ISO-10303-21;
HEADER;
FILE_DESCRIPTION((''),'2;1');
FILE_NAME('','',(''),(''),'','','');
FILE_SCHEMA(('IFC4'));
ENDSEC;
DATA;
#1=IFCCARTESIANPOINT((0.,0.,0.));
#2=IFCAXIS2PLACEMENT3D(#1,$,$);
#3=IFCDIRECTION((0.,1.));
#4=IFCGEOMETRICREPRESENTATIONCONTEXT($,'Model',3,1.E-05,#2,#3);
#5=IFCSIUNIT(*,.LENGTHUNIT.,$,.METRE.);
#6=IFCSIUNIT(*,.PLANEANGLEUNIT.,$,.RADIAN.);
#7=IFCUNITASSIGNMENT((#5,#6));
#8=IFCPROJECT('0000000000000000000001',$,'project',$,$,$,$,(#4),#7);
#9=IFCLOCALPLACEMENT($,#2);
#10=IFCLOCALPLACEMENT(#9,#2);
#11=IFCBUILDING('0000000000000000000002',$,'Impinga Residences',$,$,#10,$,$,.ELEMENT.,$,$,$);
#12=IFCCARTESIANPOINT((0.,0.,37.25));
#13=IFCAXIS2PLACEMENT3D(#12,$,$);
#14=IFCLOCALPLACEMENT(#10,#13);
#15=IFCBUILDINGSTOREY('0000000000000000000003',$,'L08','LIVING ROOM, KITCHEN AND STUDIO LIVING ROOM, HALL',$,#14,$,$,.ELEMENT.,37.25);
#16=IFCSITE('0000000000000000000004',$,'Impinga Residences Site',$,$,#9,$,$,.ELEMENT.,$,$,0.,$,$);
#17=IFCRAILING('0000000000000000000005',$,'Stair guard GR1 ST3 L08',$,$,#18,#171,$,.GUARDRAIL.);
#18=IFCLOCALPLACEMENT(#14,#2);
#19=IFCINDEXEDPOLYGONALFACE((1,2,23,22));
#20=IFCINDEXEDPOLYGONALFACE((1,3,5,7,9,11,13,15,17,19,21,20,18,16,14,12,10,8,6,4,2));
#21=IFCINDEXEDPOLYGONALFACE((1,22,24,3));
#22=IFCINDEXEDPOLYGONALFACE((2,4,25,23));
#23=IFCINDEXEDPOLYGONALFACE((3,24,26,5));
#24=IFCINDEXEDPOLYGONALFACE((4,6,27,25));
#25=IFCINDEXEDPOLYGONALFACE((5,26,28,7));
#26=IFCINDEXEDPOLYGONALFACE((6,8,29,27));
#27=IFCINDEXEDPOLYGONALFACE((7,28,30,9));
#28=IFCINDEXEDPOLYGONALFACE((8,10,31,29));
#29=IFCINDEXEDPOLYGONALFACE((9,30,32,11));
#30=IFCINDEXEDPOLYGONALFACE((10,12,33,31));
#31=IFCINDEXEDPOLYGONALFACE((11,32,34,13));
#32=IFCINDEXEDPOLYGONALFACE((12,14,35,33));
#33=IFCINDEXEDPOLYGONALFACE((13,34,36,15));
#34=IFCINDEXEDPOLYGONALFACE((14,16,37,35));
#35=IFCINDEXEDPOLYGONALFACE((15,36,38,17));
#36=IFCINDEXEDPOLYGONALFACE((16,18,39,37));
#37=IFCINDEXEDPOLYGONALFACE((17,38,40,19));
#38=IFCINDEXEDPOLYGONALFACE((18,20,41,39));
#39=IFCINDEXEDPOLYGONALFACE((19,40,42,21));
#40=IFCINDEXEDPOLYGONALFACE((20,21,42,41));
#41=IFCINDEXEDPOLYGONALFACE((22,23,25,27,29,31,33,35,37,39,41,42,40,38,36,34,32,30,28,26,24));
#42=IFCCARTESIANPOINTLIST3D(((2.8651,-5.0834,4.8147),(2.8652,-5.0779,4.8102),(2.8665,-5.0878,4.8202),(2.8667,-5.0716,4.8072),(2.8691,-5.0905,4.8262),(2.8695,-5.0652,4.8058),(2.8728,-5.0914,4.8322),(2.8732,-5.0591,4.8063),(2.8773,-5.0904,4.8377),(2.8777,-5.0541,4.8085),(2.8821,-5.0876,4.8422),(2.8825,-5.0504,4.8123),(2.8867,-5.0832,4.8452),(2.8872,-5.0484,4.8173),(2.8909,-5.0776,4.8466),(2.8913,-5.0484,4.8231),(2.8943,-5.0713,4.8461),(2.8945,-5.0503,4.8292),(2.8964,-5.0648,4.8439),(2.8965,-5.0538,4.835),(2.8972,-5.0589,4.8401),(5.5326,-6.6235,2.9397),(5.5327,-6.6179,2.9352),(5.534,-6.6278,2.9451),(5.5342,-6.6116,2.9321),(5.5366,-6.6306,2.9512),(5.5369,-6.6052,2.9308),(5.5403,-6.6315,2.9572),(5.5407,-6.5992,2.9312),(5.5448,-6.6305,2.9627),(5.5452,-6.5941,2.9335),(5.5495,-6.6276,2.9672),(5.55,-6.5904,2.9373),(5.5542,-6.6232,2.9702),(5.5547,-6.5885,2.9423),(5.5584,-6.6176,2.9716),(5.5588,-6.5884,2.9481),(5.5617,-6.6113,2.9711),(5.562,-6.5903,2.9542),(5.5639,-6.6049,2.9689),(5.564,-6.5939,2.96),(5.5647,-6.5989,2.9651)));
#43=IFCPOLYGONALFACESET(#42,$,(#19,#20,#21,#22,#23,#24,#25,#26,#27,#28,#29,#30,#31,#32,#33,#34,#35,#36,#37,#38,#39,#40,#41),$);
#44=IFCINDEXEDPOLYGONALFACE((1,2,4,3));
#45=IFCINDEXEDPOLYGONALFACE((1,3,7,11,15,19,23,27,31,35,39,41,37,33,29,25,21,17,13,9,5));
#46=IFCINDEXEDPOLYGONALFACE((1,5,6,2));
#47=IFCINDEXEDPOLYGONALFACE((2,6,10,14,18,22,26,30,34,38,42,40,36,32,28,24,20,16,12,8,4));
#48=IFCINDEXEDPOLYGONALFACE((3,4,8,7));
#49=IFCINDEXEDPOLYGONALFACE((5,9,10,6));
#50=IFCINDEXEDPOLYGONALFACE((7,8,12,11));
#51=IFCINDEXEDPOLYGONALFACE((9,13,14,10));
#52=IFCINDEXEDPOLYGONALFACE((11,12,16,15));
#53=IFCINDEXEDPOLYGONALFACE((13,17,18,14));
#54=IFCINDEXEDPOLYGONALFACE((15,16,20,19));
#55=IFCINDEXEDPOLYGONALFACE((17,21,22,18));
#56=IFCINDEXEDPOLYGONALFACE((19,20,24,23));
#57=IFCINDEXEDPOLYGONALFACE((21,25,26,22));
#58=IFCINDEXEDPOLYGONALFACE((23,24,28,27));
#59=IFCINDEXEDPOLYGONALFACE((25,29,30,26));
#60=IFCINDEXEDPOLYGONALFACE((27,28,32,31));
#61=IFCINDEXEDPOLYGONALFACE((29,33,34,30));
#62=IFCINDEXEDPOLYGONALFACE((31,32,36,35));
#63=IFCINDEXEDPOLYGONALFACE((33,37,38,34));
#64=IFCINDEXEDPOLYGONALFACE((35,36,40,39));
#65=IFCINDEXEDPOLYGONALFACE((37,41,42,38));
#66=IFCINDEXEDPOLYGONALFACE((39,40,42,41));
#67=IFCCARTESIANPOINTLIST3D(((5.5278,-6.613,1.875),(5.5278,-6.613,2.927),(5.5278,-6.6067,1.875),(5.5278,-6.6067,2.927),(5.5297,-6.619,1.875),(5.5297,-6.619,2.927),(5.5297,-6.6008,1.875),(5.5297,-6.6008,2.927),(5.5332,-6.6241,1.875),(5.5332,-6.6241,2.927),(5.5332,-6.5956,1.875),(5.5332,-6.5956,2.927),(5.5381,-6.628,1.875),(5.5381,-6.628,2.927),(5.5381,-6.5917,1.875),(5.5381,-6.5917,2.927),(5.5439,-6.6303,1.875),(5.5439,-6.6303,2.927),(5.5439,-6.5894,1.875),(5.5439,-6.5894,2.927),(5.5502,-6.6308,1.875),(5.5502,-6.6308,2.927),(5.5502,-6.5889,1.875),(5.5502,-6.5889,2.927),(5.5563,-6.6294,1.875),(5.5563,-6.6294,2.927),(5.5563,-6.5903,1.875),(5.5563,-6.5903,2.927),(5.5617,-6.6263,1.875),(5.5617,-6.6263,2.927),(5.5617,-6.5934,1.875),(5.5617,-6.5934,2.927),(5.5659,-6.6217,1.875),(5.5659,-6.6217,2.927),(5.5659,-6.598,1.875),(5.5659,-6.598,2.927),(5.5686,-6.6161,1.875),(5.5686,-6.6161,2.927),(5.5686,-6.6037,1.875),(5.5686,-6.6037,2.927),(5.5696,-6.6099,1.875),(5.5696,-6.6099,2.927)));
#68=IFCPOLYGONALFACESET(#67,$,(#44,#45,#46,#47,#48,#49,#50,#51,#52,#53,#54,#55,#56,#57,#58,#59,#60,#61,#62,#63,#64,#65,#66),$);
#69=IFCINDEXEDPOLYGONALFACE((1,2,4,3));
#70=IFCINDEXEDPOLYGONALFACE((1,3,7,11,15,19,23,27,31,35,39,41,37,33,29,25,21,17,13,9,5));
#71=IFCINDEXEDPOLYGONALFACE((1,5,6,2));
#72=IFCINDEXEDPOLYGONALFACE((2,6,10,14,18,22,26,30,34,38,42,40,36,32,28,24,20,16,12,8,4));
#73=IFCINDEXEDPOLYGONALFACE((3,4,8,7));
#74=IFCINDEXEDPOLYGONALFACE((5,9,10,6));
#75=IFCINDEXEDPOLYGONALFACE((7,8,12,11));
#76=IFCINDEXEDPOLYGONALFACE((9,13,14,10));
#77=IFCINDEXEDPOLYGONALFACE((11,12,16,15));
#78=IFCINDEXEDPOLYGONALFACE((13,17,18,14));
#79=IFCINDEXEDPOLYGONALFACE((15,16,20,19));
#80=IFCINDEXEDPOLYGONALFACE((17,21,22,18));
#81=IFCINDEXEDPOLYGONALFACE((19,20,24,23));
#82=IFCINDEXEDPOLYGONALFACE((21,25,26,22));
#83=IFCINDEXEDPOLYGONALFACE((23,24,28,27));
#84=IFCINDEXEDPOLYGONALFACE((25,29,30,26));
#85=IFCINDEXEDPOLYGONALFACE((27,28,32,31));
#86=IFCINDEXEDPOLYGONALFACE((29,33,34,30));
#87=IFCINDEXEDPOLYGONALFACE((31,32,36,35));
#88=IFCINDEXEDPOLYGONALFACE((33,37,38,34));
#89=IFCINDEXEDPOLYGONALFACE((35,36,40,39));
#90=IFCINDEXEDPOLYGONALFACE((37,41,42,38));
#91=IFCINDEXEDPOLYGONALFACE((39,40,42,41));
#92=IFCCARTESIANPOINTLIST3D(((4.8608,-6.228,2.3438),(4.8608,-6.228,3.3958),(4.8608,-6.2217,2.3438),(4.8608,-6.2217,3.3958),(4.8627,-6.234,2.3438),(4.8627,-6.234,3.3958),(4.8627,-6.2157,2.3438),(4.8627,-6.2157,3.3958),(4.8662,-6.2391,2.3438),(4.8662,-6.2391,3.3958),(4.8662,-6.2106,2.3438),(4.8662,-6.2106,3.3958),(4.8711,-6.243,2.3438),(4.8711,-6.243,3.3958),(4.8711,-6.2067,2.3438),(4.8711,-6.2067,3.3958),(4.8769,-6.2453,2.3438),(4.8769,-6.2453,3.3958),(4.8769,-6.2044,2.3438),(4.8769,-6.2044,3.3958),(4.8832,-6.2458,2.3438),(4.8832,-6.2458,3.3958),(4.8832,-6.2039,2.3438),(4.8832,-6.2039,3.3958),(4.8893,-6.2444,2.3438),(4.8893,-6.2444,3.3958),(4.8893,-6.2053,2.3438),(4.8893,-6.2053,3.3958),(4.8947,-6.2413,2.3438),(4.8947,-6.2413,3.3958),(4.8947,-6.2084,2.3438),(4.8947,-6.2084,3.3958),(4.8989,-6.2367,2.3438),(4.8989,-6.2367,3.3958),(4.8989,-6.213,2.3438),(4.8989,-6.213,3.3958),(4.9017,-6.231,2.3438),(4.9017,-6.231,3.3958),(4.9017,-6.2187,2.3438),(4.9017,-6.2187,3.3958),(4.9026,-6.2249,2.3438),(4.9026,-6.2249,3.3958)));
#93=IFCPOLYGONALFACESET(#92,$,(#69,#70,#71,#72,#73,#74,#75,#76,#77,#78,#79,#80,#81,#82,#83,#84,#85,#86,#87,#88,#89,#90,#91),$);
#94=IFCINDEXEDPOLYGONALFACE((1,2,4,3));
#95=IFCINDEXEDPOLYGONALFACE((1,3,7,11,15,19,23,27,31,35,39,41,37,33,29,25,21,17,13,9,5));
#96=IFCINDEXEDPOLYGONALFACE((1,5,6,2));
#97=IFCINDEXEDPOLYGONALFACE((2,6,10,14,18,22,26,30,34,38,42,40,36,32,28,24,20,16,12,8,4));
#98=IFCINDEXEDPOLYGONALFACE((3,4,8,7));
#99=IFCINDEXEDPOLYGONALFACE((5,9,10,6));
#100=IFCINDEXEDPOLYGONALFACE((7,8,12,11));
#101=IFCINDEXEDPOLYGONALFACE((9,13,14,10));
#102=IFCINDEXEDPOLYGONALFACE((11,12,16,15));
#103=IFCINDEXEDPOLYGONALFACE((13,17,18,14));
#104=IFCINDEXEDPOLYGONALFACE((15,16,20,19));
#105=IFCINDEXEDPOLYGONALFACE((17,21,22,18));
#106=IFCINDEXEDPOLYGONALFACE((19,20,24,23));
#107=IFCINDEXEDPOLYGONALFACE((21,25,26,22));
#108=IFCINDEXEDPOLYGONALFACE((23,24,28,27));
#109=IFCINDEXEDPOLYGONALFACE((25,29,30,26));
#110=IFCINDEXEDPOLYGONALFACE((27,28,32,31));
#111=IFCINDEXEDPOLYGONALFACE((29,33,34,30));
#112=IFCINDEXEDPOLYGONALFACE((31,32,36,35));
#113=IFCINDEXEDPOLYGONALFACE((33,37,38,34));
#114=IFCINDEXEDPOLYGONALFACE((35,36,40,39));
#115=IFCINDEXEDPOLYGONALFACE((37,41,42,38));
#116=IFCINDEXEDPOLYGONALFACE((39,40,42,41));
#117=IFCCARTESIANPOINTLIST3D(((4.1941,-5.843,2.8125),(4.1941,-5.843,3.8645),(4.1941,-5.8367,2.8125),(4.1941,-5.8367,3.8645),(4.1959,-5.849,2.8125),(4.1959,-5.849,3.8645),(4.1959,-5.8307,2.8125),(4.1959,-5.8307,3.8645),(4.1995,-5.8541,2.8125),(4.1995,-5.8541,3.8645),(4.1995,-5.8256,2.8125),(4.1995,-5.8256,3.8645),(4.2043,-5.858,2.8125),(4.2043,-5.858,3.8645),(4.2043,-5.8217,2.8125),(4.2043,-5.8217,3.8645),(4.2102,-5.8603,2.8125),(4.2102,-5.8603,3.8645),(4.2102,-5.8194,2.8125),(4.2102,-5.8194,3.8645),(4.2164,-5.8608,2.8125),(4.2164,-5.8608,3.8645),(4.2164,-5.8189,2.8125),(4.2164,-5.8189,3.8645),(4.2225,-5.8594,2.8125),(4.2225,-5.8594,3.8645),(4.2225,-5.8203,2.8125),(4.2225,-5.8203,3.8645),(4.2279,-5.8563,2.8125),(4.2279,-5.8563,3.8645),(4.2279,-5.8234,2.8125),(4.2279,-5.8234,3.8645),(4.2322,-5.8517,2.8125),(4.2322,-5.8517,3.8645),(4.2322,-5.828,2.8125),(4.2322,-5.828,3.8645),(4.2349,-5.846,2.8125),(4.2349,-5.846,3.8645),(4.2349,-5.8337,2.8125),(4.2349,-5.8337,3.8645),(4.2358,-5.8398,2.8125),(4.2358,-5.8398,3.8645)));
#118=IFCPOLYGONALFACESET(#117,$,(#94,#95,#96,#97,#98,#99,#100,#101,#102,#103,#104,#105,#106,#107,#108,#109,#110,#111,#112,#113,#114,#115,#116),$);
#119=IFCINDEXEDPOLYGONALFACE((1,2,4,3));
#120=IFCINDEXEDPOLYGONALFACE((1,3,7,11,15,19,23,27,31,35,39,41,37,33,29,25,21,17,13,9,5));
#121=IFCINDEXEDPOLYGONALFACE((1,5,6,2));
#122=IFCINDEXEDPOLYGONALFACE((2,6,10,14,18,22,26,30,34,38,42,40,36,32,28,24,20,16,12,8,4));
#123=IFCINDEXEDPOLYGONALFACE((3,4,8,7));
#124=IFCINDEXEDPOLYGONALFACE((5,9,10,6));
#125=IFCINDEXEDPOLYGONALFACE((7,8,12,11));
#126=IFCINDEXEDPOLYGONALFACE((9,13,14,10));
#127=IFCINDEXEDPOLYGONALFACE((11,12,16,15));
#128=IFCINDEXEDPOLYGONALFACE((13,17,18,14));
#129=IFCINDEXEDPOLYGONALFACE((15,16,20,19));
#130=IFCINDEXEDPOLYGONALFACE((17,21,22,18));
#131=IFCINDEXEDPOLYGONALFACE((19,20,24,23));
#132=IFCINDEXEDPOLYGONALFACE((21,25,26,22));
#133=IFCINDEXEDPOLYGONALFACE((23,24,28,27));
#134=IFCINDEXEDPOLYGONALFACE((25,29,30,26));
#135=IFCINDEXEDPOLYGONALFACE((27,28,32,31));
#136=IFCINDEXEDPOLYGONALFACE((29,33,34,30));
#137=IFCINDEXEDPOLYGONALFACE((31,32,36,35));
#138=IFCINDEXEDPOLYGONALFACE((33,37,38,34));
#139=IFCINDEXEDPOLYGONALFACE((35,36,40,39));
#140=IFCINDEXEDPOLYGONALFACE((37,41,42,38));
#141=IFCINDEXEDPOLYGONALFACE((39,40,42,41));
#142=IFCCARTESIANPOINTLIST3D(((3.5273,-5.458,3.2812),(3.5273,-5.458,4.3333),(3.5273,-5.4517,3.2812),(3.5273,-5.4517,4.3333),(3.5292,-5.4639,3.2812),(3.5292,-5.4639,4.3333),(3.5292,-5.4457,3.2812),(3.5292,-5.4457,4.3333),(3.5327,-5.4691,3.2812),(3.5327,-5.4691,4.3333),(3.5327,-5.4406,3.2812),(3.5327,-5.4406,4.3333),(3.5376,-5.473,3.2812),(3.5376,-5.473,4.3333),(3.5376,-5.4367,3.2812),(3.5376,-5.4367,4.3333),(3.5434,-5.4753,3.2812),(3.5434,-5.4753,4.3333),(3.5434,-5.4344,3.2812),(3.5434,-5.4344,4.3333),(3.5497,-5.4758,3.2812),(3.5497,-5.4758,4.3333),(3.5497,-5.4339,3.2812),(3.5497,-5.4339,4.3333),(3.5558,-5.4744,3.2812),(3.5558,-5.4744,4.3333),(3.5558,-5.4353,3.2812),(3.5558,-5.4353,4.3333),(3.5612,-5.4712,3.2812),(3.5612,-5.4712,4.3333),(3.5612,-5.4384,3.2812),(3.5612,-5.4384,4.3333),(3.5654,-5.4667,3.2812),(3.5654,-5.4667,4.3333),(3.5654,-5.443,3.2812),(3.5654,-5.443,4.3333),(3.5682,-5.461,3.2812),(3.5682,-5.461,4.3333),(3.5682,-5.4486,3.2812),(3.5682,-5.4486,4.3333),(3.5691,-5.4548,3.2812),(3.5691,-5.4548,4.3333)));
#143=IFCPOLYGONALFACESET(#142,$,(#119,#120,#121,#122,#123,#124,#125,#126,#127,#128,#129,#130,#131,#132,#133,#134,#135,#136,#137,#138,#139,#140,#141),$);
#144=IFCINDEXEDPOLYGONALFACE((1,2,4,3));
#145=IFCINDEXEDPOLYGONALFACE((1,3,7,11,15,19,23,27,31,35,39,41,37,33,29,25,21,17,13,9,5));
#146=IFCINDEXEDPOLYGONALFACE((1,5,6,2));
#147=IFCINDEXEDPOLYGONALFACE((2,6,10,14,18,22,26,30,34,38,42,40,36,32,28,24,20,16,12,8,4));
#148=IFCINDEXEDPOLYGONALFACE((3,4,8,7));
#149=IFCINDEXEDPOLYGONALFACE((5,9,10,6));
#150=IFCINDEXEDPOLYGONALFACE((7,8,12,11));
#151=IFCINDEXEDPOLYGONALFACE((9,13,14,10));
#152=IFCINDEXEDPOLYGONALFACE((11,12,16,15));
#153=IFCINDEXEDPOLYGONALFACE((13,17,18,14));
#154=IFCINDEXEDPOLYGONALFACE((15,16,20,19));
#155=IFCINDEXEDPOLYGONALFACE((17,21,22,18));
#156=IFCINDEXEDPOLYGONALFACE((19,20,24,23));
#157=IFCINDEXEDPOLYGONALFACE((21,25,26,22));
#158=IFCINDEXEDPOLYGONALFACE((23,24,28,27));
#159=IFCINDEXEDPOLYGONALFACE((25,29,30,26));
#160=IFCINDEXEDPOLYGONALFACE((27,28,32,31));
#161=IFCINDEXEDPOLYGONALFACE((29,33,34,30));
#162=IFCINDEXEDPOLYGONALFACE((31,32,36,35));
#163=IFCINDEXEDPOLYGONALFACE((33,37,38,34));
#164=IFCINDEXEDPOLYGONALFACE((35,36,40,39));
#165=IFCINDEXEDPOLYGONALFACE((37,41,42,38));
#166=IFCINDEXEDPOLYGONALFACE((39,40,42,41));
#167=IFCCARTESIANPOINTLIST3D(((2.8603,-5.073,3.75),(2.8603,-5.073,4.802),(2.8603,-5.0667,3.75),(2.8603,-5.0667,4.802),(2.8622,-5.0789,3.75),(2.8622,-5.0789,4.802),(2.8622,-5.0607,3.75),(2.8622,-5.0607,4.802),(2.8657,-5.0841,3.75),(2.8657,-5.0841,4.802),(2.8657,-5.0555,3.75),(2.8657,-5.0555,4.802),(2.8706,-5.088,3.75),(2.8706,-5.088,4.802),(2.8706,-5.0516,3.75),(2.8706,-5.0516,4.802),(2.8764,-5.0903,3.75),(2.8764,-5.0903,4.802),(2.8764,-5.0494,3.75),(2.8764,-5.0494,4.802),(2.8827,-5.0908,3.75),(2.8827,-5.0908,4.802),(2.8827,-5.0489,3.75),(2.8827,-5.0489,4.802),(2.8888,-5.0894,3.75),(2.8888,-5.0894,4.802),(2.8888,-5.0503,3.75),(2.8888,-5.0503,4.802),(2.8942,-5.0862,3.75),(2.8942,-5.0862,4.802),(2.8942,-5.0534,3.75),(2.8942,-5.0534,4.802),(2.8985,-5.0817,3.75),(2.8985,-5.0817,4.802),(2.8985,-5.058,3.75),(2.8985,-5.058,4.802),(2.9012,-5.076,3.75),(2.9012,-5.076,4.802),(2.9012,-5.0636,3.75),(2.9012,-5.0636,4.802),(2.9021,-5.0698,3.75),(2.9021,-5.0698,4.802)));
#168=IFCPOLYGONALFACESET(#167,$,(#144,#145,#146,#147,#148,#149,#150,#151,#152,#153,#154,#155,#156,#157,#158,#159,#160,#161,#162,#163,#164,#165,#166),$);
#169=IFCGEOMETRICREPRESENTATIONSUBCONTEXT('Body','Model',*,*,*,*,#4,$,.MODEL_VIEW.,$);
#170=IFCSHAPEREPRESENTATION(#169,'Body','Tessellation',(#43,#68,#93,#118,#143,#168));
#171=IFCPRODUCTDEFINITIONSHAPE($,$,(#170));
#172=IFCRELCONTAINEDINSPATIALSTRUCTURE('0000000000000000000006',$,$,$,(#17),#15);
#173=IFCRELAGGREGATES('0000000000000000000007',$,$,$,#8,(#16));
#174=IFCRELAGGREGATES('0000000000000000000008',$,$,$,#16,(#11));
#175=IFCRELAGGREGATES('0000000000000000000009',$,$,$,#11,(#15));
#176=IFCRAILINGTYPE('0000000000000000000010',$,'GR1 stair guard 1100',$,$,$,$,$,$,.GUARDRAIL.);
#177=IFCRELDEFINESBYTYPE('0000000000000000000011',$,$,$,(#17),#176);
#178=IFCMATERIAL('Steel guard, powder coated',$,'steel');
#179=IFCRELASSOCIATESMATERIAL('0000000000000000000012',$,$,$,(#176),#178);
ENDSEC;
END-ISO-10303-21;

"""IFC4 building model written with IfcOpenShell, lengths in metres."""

from ifc_helpers import new_model, si_unit, direction, frame, origin, origin_2d, place, context, subcontext, project, spatial, circle, extrude, material, type_object, element, save


model = new_model("IFC4")

# Units and contexts
model_context = context("Model", 3, precision=1e-05, world=origin(), true_north=direction((0.0, 1.0)))
body_context = subcontext(model_context, "Body", "Model", "MODEL_VIEW")
ifc_project = project(units=[si_unit("LENGTHUNIT", "METRE"), si_unit("PLANEANGLEUNIT", "RADIAN")], contexts=[model_context])

# Site, building, storey
site_placement = place(None, origin())
site = spatial("IfcSite", under=ifc_project, at=site_placement, Name="Impinga Residences Site", CompositionType="ELEMENT", RefElevation=0.0)
building_placement = place(site_placement, origin())
building = spatial("IfcBuilding", under=site, at=building_placement, Name="Impinga Residences", CompositionType="ELEMENT")
storey_placement = place(building_placement, frame((0.0, 0.0, 37.25)))
storey = spatial("IfcBuildingStorey", under=building, at=storey_placement, Name="L08", Description="LIVING ROOM, KITCHEN AND STUDIO LIVING ROOM, HALL", CompositionType="ELEMENT", Elevation=37.25)

# Railing
ifc_material_1 = material(Name="Steel guard, powder coated", Category="steel")
railing_type_1 = type_object("IfcRailingType", Name="GR1 stair guard 1100", PredefinedType="GUARDRAIL", material=ifc_material_1)
railing_1_placement = place(storey_placement, frame((5.5486, -6.6099, 1.875)))
element("IfcRailing", 1, at=railing_1_placement, inside=storey, type_object=railing_type_1, Name="Stair guard GR1 ST3 L08", PredefinedType="GUARDRAIL", context=body_context, shape_type="SweptSolid", body=[
    extrude(circle(Radius=0.0239, at=origin_2d()), frame((0.0, 0.0, 1.0762), z_axis=(-0.739746, 0.427084, 0.519975), x_axis=(-0.499992, -0.86603, 0.0)), (0.0, 0.0, 1.0), 3.606),
    extrude(circle(Radius=0.021, at=origin_2d()), origin(), (0.0, 0.0, 1.0), 1.052),
    extrude(circle(Radius=0.021, at=origin_2d()), frame((-0.667, 0.385, 0.4688)), (0.0, 0.0, 1.0), 1.052),
    extrude(circle(Radius=0.021, at=origin_2d()), frame((-1.3337, 0.77, 0.9375)), (0.0, 0.0, 1.0), 1.052),
    extrude(circle(Radius=0.021, at=origin_2d()), frame((-2.0005, 1.155, 1.4062)), (0.0, 0.0, 1.0), 1.052),
    extrude(circle(Radius=0.021, at=origin_2d()), frame((-2.6675, 1.54, 1.875)), (0.0, 0.0, 1.0), 1.052),
])

save(model, "model.ifc")
